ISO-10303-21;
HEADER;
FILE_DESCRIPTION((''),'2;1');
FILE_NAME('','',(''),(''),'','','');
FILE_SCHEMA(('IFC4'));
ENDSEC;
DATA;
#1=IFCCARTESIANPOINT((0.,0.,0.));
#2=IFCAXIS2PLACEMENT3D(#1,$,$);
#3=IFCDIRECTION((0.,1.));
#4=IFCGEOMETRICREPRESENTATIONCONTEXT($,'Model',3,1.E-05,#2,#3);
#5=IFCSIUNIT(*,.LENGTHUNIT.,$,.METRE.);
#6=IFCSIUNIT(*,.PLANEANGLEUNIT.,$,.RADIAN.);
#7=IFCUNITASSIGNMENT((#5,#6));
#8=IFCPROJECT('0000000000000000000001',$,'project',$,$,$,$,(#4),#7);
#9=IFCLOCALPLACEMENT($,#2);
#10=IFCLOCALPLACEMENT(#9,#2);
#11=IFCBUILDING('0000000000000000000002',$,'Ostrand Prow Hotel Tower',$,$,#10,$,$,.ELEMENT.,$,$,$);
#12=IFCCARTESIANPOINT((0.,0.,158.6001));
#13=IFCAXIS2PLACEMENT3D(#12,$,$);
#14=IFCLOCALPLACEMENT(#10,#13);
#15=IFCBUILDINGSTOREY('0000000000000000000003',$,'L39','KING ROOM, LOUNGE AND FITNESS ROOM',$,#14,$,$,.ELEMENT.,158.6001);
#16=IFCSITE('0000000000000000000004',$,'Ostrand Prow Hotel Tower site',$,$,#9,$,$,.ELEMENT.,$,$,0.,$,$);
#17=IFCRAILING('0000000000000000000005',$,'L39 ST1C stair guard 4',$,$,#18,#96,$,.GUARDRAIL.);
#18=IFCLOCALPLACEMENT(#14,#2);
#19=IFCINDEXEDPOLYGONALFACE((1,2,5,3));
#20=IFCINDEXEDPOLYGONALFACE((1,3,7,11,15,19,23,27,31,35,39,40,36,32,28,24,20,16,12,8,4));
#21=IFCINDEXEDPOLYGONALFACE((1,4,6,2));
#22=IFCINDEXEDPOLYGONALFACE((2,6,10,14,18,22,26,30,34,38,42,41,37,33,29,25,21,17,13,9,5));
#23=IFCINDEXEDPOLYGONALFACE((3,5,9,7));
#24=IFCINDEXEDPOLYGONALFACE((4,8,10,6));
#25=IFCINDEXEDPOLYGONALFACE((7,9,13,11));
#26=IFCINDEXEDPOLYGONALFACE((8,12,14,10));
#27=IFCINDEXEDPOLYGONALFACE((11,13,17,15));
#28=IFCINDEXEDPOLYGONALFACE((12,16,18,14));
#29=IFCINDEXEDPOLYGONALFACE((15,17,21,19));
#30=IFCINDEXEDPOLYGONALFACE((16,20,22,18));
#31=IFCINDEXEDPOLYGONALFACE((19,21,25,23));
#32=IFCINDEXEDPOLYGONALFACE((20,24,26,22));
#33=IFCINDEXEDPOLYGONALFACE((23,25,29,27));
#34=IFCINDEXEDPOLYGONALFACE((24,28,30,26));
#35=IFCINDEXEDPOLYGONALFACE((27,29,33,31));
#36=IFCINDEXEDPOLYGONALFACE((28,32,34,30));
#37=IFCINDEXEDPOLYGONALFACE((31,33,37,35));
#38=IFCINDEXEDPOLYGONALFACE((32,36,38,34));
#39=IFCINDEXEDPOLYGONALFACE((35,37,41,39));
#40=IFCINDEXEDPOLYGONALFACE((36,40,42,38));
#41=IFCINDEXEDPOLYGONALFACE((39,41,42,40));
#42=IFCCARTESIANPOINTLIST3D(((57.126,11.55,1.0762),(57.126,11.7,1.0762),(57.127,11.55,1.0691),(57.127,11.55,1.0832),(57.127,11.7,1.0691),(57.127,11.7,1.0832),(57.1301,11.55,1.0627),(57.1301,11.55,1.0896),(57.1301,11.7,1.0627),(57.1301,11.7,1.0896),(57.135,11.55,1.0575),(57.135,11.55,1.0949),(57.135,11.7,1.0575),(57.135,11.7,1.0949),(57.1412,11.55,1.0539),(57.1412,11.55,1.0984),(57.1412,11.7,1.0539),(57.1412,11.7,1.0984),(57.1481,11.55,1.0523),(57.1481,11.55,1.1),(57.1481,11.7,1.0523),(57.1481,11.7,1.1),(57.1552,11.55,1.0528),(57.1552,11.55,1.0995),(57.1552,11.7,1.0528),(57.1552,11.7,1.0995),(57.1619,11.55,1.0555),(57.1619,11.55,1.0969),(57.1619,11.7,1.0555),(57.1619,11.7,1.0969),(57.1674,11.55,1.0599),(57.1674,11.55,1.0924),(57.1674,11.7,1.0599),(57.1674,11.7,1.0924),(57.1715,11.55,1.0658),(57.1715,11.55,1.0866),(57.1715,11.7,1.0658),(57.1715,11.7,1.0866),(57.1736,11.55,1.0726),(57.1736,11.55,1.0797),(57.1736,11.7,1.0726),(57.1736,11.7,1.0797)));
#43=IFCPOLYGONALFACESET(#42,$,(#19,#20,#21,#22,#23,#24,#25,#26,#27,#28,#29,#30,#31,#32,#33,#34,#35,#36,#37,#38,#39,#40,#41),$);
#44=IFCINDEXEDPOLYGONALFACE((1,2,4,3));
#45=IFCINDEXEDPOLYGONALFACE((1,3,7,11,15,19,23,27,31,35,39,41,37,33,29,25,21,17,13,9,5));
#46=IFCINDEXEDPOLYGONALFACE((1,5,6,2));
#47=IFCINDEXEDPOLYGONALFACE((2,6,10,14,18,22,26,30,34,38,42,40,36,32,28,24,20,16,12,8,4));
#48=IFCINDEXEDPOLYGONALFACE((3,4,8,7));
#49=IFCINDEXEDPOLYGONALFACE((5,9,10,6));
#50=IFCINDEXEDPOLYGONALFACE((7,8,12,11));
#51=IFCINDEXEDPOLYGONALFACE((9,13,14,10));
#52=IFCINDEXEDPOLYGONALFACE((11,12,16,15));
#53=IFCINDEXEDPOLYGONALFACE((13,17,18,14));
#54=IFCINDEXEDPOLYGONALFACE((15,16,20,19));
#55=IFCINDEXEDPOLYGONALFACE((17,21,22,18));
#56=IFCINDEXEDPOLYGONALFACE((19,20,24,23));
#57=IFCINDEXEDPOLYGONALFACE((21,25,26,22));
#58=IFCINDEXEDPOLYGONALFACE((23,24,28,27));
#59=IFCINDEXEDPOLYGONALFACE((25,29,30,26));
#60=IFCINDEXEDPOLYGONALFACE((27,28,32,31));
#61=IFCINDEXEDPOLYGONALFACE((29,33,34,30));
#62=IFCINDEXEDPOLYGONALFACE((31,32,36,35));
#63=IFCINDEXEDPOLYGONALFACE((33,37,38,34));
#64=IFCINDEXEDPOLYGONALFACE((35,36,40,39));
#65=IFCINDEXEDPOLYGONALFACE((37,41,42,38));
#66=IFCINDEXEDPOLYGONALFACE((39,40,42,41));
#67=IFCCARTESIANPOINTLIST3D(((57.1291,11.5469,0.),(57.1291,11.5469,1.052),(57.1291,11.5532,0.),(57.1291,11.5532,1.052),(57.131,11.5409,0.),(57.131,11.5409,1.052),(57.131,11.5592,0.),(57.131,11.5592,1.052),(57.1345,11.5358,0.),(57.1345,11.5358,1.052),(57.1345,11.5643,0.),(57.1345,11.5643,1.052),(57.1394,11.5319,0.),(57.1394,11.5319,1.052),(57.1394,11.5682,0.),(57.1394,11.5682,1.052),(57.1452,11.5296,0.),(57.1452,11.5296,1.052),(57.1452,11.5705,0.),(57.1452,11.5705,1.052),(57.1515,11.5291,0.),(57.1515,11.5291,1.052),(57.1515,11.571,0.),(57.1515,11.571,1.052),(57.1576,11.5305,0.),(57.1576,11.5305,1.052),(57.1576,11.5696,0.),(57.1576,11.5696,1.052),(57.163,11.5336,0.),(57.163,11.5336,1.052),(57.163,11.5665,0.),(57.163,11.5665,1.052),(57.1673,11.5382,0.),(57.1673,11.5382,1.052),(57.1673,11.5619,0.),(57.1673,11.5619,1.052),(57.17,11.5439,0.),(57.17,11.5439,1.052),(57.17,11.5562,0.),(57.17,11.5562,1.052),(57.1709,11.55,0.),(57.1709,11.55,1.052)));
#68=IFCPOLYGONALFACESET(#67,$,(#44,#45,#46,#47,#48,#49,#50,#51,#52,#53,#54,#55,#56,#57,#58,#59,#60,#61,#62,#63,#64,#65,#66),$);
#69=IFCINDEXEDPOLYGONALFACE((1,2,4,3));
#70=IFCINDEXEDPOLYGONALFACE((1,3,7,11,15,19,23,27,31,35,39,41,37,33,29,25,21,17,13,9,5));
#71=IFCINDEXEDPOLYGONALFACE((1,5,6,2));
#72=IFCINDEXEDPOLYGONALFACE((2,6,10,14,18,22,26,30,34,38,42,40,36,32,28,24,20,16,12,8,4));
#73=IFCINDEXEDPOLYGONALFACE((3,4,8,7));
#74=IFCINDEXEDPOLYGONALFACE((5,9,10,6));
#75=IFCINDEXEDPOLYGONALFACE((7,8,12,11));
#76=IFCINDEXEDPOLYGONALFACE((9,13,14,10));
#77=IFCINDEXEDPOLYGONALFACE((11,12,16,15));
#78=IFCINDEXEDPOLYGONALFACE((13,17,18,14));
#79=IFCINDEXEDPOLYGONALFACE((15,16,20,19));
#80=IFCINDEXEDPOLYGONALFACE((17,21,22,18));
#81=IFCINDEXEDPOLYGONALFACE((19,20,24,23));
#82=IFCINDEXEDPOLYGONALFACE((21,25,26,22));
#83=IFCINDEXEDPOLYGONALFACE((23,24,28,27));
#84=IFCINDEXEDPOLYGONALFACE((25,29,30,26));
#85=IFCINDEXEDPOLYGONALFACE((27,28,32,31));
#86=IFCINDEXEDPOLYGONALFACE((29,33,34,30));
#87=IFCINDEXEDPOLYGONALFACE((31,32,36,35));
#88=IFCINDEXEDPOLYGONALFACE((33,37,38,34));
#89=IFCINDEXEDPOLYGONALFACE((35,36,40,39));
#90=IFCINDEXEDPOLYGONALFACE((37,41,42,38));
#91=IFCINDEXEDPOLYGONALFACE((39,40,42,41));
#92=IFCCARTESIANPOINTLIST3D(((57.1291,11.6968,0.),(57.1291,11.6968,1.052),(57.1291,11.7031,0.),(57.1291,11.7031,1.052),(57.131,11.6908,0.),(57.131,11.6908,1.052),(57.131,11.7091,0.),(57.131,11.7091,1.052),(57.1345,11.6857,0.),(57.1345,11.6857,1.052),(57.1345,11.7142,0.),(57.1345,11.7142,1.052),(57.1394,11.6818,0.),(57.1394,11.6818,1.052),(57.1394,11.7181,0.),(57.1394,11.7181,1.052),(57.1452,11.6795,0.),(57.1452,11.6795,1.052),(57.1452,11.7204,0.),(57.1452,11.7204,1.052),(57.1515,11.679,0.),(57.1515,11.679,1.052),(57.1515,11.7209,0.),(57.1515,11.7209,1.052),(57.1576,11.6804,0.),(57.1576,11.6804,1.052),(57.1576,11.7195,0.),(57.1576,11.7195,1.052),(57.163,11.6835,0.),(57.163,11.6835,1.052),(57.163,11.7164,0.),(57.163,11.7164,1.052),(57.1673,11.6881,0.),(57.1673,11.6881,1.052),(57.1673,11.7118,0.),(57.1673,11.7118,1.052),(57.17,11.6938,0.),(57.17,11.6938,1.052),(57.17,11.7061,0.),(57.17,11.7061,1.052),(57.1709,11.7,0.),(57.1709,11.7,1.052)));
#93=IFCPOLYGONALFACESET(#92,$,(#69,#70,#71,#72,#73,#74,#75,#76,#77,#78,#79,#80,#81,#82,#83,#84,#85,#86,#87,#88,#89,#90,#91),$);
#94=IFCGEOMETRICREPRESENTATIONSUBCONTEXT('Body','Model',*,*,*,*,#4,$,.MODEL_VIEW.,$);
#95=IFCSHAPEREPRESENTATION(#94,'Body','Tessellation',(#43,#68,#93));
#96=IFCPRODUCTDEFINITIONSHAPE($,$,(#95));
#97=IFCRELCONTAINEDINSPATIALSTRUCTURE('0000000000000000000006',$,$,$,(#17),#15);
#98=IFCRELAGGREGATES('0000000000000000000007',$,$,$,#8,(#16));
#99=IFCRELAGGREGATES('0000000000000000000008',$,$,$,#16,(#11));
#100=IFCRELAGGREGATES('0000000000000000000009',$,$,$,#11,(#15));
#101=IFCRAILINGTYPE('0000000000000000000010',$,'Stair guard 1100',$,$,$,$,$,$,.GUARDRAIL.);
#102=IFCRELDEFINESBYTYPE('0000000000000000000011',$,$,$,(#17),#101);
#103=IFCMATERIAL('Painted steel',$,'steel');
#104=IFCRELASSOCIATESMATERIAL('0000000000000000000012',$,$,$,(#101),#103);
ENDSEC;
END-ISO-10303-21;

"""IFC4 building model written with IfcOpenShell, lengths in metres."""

from ifc_helpers import new_model, si_unit, direction, frame, origin, origin_2d, place, context, subcontext, project, spatial, circle, extrude, material, type_object, element, save


model = new_model("IFC4")

# Units and contexts
model_context = context("Model", 3, precision=1e-05, world=origin(), true_north=direction((0.0, 1.0)))
body_context = subcontext(model_context, "Body", "Model", "MODEL_VIEW")
ifc_project = project(units=[si_unit("LENGTHUNIT", "METRE"), si_unit("PLANEANGLEUNIT", "RADIAN")], contexts=[model_context])

# Site, building, storey
site_placement = place(None, origin())
site = spatial("IfcSite", under=ifc_project, at=site_placement, Name="Ostrand Prow Hotel Tower site", CompositionType="ELEMENT", RefElevation=0.0)
building_placement = place(site_placement, origin())
building = spatial("IfcBuilding", under=site, at=building_placement, Name="Ostrand Prow Hotel Tower", CompositionType="ELEMENT")
storey_placement = place(building_placement, frame((0.0, 0.0, 158.6001)))
storey = spatial("IfcBuildingStorey", under=building, at=storey_placement, Name="L39", Description="KING ROOM, LOUNGE AND FITNESS ROOM", CompositionType="ELEMENT", Elevation=158.6001)

# Railing
ifc_material_1 = material(Name="Painted steel", Category="steel")
railing_type_1 = type_object("IfcRailingType", Name="Stair guard 1100", PredefinedType="GUARDRAIL", material=ifc_material_1)
railing_1_placement = place(storey_placement, frame((57.1499, 11.55, 0.0)))
element("IfcRailing", 1, at=railing_1_placement, inside=storey, type_object=railing_type_1, Name="L39 ST1C stair guard 4", PredefinedType="GUARDRAIL", context=body_context, shape_type="SweptSolid", body=[
    extrude(circle(Radius=0.0239, at=origin_2d()), frame((0.0, 0.0, 1.0762), z_axis=(0.0, 1.0, 0.0), x_axis=(-1.0, 0.0, 0.0)), (0.0, 0.0, 1.0), 0.1499),
    extrude(circle(Radius=0.021, at=origin_2d()), origin(), (0.0, 0.0, 1.0), 1.052),
    extrude(circle(Radius=0.021, at=origin_2d()), frame((0.0, 0.1499, 0.0)), (0.0, 0.0, 1.0), 1.052),
])

save(model, "model.ifc")
